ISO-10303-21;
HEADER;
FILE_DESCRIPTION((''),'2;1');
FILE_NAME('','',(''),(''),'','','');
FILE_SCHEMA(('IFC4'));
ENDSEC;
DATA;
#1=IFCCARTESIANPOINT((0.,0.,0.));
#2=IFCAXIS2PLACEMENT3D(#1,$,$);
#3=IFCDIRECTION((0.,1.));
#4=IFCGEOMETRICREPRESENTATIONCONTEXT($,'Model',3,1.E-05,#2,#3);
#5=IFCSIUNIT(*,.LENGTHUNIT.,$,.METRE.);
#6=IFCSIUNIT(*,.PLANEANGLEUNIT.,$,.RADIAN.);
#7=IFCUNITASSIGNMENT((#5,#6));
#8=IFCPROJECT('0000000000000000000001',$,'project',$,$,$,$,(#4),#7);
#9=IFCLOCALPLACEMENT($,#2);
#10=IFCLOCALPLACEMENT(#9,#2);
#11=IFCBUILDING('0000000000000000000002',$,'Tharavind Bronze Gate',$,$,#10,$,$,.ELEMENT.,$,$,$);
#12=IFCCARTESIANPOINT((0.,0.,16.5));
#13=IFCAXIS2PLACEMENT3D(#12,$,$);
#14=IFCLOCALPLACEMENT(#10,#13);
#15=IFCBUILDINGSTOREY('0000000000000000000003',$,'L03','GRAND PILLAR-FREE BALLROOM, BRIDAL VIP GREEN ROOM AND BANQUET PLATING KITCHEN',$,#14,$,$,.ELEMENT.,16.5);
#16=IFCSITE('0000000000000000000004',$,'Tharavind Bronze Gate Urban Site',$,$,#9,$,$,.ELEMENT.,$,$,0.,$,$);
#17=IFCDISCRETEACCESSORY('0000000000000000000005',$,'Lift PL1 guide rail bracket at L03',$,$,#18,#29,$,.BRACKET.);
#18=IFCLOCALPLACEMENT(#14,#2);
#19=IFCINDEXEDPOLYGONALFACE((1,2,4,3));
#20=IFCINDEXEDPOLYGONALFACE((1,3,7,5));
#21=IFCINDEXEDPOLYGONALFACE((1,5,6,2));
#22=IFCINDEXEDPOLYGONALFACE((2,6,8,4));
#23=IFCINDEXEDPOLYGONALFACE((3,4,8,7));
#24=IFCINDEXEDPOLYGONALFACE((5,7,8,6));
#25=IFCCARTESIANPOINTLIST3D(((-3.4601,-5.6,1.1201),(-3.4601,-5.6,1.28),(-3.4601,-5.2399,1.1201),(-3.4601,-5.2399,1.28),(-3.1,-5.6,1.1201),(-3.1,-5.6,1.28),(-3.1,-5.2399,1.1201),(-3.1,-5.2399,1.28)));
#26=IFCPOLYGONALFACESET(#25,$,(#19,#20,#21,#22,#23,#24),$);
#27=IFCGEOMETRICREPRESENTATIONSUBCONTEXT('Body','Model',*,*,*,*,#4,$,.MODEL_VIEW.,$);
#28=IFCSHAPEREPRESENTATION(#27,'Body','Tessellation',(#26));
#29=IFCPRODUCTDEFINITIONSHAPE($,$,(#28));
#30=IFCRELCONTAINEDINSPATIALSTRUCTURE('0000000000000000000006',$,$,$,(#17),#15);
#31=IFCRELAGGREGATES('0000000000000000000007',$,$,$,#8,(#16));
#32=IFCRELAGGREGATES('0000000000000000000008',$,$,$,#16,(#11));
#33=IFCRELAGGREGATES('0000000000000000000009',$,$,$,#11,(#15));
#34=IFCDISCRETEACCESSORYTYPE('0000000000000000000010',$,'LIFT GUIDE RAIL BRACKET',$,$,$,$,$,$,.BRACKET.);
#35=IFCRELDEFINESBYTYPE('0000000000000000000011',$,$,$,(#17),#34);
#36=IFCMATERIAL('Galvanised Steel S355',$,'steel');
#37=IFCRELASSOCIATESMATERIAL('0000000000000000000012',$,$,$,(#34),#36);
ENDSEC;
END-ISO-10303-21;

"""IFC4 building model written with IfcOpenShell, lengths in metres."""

from ifc_helpers import new_model, si_unit, direction, frame, origin, origin_2d, place, context, subcontext, project, spatial, rectangle, extrude, material, type_object, element, save


model = new_model("IFC4")

# Units and contexts
model_context = context("Model", 3, precision=1e-05, world=origin(), true_north=direction((0.0, 1.0)))
body_context = subcontext(model_context, "Body", "Model", "MODEL_VIEW")
ifc_project = project(units=[si_unit("LENGTHUNIT", "METRE"), si_unit("PLANEANGLEUNIT", "RADIAN")], contexts=[model_context])

# Site, building, storey
site_placement = place(None, origin())
site = spatial("IfcSite", under=ifc_project, at=site_placement, Name="Tharavind Bronze Gate Urban Site", CompositionType="ELEMENT", RefElevation=0.0)
building_placement = place(site_placement, origin())
building = spatial("IfcBuilding", under=site, at=building_placement, Name="Tharavind Bronze Gate", CompositionType="ELEMENT")
storey_placement = place(building_placement, frame((0.0, 0.0, 16.5)))
storey = spatial("IfcBuildingStorey", under=building, at=storey_placement, Name="L03", Description="GRAND PILLAR-FREE BALLROOM, BRIDAL VIP GREEN ROOM AND BANQUET PLATING KITCHEN", CompositionType="ELEMENT", Elevation=16.5)

# Discrete accessory
ifc_material_1 = material(Name="Galvanised Steel S355", Category="steel")
discrete_accessory_type = type_object("IfcDiscreteAccessoryType", Name="LIFT GUIDE RAIL BRACKET", PredefinedType="BRACKET", material=ifc_material_1)
discrete_accessory_placement = place(storey_placement, frame((-3.28, -5.4199, 1.1201), z_axis=(0.0, 0.0, 1.0), x_axis=(1.0, 0.0, 0.0)))
element("IfcDiscreteAccessory", 1, at=discrete_accessory_placement, inside=storey, type_object=discrete_accessory_type, Name="Lift PL1 guide rail bracket at L03", PredefinedType="BRACKET", context=body_context, shape_type="SweptSolid", body=[
    extrude(rectangle(XDim=0.3601, YDim=0.3601, at=origin_2d()), origin(), (0.0, 0.0, 1.0), 0.1599),
])

save(model, "model.ifc")
